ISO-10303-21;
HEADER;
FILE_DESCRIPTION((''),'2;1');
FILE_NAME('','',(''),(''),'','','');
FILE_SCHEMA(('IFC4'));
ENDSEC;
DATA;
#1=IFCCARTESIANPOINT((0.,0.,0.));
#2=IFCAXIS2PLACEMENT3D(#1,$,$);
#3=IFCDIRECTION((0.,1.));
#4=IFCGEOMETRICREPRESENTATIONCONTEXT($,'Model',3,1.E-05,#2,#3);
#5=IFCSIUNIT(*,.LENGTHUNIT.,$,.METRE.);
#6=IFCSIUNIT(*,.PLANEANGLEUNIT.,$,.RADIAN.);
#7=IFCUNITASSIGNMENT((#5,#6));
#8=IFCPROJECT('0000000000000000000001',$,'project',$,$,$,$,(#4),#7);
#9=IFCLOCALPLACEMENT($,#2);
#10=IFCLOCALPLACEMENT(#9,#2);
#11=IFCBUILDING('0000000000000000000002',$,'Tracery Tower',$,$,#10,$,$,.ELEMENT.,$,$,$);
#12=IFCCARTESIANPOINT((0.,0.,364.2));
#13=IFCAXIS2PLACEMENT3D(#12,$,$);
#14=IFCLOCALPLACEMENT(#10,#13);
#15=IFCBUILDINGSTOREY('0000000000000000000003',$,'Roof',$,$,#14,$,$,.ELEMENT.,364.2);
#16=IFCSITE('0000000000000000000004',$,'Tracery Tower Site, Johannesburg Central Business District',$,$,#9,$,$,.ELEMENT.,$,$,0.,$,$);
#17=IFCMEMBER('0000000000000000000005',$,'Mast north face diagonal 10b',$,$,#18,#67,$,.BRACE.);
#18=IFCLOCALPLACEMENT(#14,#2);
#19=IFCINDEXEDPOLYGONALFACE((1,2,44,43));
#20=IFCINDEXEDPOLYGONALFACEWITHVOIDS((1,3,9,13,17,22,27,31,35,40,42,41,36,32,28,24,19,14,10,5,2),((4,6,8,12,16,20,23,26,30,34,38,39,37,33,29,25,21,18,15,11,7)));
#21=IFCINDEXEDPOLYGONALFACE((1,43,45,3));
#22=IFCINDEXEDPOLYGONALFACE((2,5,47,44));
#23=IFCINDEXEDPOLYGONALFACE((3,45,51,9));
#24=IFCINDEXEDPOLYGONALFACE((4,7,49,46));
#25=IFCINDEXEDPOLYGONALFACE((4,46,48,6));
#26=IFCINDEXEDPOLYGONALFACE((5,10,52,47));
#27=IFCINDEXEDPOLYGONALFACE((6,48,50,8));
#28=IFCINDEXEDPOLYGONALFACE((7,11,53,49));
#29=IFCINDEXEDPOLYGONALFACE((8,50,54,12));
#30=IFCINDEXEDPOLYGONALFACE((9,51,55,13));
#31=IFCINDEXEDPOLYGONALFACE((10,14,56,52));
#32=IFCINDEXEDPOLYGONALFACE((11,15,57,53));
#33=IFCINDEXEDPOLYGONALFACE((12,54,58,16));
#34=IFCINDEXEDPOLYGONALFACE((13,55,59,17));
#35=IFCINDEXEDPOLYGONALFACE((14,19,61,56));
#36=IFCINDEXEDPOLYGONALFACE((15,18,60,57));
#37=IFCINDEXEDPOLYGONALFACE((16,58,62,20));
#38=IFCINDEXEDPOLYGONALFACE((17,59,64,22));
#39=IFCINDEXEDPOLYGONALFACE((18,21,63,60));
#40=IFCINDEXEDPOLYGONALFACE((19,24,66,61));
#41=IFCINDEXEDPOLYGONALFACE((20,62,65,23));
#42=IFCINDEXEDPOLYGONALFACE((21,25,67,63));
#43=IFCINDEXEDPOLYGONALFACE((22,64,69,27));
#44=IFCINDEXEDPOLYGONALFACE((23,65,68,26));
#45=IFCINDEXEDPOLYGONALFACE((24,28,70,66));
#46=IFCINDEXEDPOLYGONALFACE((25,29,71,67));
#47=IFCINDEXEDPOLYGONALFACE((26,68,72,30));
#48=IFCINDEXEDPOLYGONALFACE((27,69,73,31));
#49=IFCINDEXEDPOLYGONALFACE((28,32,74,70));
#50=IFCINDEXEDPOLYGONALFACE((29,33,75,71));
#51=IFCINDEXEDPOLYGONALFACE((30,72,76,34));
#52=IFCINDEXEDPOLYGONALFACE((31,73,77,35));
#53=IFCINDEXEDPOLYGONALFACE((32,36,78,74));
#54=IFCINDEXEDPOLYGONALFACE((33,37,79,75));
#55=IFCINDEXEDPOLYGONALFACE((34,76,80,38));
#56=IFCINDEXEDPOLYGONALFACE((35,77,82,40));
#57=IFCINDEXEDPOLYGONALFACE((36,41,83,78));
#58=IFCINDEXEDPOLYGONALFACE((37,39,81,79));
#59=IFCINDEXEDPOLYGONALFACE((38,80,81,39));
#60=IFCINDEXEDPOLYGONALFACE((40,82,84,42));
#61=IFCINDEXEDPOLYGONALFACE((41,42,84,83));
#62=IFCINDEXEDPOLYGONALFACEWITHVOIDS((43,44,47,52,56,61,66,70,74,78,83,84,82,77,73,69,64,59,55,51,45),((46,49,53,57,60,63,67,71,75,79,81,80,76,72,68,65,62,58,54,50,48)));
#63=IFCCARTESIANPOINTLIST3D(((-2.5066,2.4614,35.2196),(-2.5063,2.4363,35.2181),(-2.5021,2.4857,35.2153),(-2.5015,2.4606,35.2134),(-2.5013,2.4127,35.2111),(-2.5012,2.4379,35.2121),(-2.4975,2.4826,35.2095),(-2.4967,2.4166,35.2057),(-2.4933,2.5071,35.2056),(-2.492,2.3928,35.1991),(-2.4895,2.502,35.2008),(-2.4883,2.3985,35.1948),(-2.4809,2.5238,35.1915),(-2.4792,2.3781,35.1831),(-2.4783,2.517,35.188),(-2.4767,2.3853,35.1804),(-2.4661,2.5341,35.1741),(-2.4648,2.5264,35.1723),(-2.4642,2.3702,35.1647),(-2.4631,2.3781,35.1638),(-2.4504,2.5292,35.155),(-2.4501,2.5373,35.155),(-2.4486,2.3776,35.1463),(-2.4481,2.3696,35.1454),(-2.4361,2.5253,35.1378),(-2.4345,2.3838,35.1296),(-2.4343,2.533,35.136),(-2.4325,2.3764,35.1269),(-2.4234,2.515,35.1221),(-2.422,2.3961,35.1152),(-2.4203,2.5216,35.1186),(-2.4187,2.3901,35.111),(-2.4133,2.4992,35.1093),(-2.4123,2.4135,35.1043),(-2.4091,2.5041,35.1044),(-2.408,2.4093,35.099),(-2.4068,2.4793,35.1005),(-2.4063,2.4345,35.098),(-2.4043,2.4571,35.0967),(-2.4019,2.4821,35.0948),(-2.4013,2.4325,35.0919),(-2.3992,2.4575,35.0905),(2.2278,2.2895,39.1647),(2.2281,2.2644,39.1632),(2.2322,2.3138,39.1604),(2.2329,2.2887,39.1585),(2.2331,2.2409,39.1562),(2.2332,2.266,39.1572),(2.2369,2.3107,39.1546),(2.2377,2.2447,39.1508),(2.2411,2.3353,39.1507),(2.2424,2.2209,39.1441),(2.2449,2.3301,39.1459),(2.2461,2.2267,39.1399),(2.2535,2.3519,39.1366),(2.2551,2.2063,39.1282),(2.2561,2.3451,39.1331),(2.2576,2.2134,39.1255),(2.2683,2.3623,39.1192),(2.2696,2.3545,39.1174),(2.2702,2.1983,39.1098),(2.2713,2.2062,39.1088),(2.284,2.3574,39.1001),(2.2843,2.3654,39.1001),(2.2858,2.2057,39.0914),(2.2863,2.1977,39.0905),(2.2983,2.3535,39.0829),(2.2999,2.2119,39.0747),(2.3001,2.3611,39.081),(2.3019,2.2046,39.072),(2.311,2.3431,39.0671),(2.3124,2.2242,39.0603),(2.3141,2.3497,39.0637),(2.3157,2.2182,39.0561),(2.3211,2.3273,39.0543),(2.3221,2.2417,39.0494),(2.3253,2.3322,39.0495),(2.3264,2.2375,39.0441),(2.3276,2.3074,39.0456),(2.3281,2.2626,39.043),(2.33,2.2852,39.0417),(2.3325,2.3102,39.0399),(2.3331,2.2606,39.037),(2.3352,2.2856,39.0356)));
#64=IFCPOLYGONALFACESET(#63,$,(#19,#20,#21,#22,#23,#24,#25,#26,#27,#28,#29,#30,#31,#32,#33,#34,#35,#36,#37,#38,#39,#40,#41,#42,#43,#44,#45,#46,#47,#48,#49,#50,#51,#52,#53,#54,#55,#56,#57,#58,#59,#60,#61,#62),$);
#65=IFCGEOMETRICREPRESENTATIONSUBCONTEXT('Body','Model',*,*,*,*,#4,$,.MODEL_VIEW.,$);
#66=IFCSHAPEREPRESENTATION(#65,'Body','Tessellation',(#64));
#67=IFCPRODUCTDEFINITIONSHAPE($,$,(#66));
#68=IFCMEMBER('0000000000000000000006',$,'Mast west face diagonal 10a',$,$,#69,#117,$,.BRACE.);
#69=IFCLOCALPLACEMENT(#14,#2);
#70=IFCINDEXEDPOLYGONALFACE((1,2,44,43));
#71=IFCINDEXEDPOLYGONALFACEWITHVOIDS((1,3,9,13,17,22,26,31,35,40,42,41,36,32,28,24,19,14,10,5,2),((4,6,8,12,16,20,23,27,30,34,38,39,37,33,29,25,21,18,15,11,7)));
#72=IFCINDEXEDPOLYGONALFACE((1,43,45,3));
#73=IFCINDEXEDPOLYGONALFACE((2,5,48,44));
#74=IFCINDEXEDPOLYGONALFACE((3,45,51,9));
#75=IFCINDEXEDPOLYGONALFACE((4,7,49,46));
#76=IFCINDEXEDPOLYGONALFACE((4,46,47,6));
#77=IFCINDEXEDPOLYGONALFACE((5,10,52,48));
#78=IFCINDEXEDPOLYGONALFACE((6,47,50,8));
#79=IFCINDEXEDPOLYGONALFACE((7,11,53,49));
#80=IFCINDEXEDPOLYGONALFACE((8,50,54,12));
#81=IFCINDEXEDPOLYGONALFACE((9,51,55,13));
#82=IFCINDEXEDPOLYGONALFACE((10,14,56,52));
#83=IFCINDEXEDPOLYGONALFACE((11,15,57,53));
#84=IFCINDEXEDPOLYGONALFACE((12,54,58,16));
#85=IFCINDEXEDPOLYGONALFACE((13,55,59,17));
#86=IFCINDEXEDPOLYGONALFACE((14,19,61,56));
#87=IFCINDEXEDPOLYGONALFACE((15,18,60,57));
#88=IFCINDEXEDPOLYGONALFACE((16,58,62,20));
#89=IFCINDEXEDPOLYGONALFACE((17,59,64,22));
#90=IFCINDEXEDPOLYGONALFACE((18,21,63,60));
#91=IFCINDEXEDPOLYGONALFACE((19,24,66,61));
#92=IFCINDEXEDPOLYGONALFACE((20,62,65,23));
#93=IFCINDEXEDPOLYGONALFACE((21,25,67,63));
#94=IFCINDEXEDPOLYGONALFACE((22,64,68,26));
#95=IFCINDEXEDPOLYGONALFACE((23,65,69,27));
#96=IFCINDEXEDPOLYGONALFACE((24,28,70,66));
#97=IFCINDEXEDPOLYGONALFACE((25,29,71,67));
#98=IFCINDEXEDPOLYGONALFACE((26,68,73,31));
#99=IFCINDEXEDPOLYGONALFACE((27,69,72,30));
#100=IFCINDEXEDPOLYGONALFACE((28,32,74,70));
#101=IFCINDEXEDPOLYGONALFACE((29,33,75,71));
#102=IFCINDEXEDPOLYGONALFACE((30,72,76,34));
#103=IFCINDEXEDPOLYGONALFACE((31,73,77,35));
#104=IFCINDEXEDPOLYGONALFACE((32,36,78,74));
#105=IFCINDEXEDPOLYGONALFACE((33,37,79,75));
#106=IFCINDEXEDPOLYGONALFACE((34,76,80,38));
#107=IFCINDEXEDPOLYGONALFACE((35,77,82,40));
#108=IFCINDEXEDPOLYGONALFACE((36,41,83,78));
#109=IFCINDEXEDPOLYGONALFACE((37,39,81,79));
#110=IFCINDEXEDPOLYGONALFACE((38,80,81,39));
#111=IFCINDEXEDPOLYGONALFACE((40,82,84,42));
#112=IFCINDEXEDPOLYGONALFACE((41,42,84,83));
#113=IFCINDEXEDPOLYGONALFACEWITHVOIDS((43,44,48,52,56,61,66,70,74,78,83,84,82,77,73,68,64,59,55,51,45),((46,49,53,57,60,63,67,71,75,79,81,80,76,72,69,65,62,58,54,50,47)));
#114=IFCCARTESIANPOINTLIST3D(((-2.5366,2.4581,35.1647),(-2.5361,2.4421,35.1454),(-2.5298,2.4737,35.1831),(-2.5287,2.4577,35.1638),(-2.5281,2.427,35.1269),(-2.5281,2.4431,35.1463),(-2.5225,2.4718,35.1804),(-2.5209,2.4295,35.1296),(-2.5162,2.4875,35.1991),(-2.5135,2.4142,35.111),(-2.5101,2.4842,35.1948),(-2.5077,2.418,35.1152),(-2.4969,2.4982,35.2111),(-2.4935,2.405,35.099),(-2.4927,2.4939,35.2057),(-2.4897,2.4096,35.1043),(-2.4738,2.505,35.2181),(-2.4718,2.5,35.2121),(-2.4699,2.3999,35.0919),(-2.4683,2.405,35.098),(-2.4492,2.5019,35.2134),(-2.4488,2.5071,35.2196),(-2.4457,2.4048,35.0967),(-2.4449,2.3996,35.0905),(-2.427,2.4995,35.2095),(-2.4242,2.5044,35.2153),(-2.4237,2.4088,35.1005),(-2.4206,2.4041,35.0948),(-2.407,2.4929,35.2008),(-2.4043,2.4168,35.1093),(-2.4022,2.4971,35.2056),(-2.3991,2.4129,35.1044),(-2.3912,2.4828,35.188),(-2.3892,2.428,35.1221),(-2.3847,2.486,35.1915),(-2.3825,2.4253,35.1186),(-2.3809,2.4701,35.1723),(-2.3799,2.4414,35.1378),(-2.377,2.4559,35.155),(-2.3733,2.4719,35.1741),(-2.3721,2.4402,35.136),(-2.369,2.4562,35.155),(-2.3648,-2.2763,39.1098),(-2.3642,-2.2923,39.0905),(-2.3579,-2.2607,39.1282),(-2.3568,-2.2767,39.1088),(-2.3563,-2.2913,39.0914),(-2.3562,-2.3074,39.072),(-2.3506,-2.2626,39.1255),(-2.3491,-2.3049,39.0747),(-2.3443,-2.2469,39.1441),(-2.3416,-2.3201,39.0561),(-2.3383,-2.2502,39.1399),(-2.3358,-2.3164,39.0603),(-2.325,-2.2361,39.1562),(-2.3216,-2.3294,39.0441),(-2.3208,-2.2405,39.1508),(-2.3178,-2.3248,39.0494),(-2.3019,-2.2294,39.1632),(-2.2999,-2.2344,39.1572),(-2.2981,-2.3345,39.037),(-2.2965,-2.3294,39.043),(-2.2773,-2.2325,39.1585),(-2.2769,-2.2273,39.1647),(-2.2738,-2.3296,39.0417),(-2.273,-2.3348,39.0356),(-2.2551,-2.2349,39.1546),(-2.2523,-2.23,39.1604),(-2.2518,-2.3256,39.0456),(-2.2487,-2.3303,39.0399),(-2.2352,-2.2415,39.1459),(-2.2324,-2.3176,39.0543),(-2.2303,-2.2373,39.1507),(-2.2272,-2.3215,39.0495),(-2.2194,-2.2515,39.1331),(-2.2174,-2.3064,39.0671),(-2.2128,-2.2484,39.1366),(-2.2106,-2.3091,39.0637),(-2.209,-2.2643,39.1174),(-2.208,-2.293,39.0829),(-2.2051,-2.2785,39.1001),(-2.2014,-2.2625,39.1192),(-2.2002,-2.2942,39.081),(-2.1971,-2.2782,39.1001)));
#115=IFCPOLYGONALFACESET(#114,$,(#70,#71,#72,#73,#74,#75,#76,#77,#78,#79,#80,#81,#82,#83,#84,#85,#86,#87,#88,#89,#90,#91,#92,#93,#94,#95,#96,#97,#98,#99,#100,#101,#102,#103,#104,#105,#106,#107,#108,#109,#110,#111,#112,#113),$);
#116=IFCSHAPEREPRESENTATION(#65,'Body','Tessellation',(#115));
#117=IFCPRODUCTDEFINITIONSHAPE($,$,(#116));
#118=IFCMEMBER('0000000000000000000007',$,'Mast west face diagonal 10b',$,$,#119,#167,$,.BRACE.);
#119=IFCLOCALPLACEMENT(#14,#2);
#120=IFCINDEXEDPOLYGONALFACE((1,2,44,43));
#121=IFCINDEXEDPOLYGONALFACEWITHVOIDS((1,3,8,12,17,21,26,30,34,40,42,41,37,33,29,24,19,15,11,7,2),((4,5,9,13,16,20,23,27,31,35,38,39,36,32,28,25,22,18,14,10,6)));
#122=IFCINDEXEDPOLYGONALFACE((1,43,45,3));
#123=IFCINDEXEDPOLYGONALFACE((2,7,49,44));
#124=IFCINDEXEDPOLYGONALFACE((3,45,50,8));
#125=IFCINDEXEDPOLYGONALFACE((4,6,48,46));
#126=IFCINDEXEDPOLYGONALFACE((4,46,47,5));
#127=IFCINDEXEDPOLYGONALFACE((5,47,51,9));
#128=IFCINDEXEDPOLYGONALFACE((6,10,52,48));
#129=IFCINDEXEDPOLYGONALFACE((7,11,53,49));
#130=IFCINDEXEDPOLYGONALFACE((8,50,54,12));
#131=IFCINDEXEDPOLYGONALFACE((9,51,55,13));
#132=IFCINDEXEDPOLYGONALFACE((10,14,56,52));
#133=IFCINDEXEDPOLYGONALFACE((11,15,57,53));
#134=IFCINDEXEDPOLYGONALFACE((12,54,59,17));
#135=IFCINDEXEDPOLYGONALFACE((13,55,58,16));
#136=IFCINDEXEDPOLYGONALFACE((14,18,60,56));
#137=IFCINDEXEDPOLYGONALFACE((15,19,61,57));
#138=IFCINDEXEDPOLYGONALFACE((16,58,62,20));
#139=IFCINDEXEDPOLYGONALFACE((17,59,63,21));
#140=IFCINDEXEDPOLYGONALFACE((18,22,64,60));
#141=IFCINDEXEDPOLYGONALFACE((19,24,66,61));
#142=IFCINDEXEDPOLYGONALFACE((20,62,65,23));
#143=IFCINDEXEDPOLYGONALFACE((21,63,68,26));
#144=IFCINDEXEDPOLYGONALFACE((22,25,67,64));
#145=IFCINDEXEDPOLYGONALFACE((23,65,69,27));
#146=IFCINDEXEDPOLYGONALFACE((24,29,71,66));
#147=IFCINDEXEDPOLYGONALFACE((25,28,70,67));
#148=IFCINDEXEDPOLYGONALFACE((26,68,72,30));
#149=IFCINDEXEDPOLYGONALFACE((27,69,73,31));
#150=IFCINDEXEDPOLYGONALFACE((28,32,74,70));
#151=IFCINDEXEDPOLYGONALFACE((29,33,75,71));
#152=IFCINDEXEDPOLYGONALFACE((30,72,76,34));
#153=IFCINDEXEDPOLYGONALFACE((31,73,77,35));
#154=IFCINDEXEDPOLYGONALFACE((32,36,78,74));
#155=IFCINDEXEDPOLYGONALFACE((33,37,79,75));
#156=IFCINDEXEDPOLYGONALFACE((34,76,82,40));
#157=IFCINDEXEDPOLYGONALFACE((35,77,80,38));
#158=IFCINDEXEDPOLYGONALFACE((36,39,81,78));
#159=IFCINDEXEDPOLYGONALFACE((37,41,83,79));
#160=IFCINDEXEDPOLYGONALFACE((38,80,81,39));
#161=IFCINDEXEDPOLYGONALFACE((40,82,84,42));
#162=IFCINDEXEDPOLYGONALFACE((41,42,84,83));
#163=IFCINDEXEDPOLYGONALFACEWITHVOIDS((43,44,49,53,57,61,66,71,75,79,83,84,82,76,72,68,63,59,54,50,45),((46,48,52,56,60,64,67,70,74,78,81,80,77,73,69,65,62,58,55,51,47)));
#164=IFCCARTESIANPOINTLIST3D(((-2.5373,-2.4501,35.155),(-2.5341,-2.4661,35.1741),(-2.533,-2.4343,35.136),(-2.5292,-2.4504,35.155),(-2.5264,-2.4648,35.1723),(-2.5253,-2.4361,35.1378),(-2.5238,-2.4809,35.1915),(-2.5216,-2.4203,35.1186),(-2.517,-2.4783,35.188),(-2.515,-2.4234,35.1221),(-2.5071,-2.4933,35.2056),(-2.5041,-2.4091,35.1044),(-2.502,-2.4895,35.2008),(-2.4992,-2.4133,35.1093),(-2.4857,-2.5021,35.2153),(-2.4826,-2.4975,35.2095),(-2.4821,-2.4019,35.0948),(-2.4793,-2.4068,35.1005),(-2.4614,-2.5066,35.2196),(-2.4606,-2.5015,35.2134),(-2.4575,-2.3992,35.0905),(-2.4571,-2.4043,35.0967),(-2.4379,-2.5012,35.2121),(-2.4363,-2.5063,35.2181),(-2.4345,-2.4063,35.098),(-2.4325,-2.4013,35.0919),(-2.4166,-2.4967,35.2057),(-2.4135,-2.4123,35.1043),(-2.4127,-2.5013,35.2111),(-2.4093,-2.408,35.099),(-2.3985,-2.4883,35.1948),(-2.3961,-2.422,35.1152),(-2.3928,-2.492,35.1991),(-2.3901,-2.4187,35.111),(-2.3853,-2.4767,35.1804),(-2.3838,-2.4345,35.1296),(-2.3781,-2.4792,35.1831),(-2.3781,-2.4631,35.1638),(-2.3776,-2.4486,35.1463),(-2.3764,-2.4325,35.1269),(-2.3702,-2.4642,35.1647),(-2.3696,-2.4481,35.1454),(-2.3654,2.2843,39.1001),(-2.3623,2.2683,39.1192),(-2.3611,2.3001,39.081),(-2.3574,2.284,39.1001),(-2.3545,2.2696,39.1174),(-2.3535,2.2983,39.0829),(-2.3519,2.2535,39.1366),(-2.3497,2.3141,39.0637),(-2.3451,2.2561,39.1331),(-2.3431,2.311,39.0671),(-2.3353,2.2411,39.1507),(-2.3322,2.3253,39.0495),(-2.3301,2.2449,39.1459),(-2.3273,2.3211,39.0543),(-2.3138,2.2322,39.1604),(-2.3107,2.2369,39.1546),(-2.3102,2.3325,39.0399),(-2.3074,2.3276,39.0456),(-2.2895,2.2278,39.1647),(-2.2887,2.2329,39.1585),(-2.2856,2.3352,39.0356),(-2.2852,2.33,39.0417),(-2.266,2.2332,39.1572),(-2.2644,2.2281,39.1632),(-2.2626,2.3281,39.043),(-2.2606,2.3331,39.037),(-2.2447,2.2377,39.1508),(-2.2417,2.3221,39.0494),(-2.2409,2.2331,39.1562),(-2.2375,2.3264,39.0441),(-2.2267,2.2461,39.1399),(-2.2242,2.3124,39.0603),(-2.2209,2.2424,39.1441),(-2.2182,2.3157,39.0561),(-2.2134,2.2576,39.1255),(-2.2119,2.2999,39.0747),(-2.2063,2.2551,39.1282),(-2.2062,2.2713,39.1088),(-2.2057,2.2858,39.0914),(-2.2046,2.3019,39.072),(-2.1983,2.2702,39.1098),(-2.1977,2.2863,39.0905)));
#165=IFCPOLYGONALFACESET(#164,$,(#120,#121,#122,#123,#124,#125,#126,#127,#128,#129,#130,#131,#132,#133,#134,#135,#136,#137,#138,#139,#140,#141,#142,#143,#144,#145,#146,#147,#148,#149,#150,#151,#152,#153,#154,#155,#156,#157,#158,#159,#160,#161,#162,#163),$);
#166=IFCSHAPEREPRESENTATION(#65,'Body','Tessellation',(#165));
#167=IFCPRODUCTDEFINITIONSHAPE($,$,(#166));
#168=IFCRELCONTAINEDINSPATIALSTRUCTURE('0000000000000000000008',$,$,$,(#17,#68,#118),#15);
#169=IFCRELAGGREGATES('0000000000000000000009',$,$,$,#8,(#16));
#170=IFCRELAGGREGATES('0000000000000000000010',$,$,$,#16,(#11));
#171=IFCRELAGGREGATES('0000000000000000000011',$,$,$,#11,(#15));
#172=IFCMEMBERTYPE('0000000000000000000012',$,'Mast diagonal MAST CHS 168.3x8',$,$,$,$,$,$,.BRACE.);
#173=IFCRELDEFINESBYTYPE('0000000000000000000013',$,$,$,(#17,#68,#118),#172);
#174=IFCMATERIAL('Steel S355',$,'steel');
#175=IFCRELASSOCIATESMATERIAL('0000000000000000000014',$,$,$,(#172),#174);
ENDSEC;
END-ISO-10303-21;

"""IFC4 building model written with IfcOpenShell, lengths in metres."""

from ifc_helpers import new_model, si_unit, direction, frame, origin, origin_2d, place, context, subcontext, project, spatial, hollow_circle, extrude, material, material_profile, profile_set, type_object, element, save


model = new_model("IFC4")

# Units and contexts
model_context = context("Model", 3, precision=1e-05, world=origin(), true_north=direction((0.0, 1.0)))
body_context = subcontext(model_context, "Body", "Model", "MODEL_VIEW")
ifc_project = project(units=[si_unit("LENGTHUNIT", "METRE"), si_unit("PLANEANGLEUNIT", "RADIAN")], contexts=[model_context])

# Site, building, storey
site_placement = place(None, origin())
site = spatial("IfcSite", under=ifc_project, at=site_placement, Name="Tracery Tower Site, Johannesburg Central Business District", CompositionType="ELEMENT", RefElevation=0.0)
building_placement = place(site_placement, origin())
building = spatial("IfcBuilding", under=site, at=building_placement, Name="Tracery Tower", CompositionType="ELEMENT")
storey_placement = place(building_placement, frame((0.0, 0.0, 364.2)))
storey = spatial("IfcBuildingStorey", under=building, at=storey_placement, Name="Roof", CompositionType="ELEMENT", Elevation=364.2)

# Members
ifc_material_1 = material(Name="Steel S355", Category="steel")
ifc_material_profile_1 = material_profile(ifc_material_1, hollow_circle(Radius=0.0842, WallThickness=0.0081, at=origin_2d()), Name="CHS 168.3x8")
ifc_profile_set_1 = profile_set([ifc_material_profile_1], Name="Steel S355")
member_type_1 = type_object("IfcMemberType", Name="Mast diagonal MAST CHS 168.3x8", PredefinedType="BRACE", material=ifc_profile_set_1)
for number, where, z_axis, x_axis, name in (
    (1, (-2.4531, 2.4531, 35.155), (0.767942, -0.027879, 0.639912), (0.03628, 0.999342, 0.0), "Mast north face diagonal 10b"),
    (2, (-2.4531, 2.4531, 35.155), (0.027879, -0.767942, 0.639912), (0.999342, 0.03628, 0.0), "Mast west face diagonal 10a"),
    (3, (-2.4531, -2.4531, 35.155), (0.027879, 0.767942, 0.639912), (-0.999342, 0.03628, 0.0), "Mast west face diagonal 10b"),
):
    element("IfcMember", number, at=place(storey_placement, frame(where, z_axis=z_axis, x_axis=x_axis)), inside=storey, type_object=member_type_1, Name=name, PredefinedType="BRACE", context=body_context, shape_type="SweptSolid", body=[
        extrude(hollow_circle(Radius=0.0842, WallThickness=0.0081, at=origin_2d()), origin(), (0.0, 0.0, 1.0), 6.165),
    ])

save(model, "model.ifc")
